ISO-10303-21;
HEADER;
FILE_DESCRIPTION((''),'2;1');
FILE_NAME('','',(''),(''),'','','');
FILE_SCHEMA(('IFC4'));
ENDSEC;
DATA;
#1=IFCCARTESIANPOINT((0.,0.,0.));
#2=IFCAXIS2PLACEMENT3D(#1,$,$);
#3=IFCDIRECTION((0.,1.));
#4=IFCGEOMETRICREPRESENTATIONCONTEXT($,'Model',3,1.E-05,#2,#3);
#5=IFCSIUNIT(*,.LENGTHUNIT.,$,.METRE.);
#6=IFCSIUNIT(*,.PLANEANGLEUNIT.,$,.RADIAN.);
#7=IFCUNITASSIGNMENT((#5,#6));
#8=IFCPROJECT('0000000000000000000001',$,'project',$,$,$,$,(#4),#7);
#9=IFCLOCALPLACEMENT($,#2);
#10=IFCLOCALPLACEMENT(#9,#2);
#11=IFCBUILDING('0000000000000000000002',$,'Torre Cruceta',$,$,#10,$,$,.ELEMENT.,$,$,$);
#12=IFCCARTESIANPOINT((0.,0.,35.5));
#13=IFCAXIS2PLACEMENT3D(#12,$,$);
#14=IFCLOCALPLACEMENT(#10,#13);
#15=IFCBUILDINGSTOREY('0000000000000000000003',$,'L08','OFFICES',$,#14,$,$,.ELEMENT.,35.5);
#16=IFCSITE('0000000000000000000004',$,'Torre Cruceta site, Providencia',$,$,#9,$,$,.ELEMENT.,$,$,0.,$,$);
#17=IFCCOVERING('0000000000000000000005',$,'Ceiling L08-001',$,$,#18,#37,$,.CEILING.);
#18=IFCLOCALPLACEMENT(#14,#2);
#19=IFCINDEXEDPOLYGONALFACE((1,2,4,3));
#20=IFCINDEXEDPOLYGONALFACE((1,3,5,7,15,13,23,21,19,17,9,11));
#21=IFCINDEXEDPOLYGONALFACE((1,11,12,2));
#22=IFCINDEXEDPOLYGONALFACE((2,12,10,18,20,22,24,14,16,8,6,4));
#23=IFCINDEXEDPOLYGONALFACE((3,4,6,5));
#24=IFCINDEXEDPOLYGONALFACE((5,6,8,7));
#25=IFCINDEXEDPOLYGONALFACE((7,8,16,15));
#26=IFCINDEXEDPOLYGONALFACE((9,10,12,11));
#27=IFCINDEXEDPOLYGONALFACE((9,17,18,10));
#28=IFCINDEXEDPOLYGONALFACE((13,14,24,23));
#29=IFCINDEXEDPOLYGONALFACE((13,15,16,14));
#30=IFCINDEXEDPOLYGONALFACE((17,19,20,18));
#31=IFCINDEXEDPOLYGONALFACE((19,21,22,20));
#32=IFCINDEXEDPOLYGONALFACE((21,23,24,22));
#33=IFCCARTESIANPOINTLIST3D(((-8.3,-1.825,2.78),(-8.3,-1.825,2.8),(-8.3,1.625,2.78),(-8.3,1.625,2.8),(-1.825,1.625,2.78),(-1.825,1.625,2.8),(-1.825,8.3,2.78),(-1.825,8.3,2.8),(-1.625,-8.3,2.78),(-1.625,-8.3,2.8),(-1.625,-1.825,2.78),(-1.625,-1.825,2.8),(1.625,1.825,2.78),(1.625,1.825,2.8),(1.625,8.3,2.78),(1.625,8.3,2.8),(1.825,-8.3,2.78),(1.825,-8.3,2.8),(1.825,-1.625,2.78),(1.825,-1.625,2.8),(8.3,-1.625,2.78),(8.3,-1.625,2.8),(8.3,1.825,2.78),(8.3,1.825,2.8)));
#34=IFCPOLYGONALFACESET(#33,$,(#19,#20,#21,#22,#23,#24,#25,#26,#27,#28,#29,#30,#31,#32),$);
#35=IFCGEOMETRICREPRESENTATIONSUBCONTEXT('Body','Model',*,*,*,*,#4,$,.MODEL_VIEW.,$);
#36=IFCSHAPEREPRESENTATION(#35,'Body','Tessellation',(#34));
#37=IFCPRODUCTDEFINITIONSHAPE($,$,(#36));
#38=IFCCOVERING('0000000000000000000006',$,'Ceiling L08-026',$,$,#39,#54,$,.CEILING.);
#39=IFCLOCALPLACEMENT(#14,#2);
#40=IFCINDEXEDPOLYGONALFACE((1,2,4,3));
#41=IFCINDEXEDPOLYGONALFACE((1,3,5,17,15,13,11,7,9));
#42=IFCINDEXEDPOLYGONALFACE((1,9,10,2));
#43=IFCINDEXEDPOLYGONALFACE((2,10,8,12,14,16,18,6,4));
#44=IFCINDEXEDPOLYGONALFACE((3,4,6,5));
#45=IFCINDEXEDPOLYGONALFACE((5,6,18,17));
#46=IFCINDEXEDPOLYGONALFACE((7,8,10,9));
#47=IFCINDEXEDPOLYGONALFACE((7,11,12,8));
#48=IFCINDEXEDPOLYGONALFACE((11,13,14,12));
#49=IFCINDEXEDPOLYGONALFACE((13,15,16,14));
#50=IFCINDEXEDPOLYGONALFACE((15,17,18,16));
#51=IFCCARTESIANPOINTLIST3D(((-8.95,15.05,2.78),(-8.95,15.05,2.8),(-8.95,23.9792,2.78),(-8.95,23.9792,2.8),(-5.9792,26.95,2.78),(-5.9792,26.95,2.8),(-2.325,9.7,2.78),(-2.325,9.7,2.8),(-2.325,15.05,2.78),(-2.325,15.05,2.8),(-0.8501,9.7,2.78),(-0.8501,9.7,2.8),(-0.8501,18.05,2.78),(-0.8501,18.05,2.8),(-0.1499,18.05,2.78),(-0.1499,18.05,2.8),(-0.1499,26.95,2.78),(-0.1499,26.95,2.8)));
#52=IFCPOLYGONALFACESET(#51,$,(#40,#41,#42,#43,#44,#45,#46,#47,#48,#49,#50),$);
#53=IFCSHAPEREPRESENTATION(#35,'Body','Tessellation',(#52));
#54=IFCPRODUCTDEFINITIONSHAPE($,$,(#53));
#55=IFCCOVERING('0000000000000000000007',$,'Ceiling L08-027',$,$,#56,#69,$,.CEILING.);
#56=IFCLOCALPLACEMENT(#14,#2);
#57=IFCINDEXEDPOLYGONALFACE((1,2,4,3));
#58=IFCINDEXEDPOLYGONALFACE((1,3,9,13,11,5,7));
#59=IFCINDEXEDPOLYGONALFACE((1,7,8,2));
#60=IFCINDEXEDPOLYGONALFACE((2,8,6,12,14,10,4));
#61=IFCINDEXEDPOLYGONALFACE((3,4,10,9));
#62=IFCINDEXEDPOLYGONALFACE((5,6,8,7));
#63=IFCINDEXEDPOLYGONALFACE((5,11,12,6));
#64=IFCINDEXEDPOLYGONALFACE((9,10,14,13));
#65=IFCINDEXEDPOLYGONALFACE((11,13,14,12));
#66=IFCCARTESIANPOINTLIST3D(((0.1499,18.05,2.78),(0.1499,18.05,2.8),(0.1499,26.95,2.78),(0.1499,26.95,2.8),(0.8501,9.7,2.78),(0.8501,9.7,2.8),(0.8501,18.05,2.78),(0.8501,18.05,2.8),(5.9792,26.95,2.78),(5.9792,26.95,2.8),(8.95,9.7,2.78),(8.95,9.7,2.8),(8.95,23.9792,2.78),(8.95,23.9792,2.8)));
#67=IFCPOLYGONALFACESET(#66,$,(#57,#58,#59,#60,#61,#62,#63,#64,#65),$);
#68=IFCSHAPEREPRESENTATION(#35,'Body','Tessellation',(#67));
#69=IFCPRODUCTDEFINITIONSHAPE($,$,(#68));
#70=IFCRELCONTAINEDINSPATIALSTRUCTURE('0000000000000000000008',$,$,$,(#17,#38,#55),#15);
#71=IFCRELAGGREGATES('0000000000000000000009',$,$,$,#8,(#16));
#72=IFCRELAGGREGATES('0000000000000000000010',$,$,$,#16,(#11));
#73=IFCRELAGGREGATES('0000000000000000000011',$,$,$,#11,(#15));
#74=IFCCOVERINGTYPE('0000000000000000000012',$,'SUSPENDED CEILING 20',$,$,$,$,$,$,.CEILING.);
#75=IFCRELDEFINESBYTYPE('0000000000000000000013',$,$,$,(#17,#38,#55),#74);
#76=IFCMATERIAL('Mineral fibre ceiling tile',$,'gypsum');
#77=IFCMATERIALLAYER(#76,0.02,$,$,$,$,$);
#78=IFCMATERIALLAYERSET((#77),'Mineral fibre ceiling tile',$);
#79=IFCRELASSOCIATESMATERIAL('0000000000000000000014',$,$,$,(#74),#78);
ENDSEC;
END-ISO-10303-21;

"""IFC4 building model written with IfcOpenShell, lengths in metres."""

from ifc_helpers import new_model, si_unit, direction, frame, origin, place, context, subcontext, project, spatial, polyline, outline, extrude, material, layer, layer_set, type_object, element, save


model = new_model("IFC4")

# Units and contexts
model_context = context("Model", 3, precision=1e-05, world=origin(), true_north=direction((0.0, 1.0)))
body_context = subcontext(model_context, "Body", "Model", "MODEL_VIEW")
ifc_project = project(units=[si_unit("LENGTHUNIT", "METRE"), si_unit("PLANEANGLEUNIT", "RADIAN")], contexts=[model_context])

# Site, building, storey
site_placement = place(None, origin())
site = spatial("IfcSite", under=ifc_project, at=site_placement, Name="Torre Cruceta site, Providencia", CompositionType="ELEMENT", RefElevation=0.0)
building_placement = place(site_placement, origin())
building = spatial("IfcBuilding", under=site, at=building_placement, Name="Torre Cruceta", CompositionType="ELEMENT")
storey_placement = place(building_placement, frame((0.0, 0.0, 35.5)))
storey = spatial("IfcBuildingStorey", under=building, at=storey_placement, Name="L08", Description="OFFICES", CompositionType="ELEMENT", Elevation=35.5)

# Coverings
ifc_material_1 = material(Name="Mineral fibre ceiling tile", Category="gypsum")
ifc_layer_1 = layer(ifc_material_1, 0.02)
ifc_layer_set_1 = layer_set([ifc_layer_1], Name="Mineral fibre ceiling tile")
covering_type_1 = type_object("IfcCoveringType", Name="SUSPENDED CEILING 20", PredefinedType="CEILING", material=ifc_layer_set_1)
covering_1_placement = place(storey_placement, frame((0.0, 0.0, 2.78)))
element("IfcCovering", 1, at=covering_1_placement, inside=storey, type_object=covering_type_1, Name="Ceiling L08-001", PredefinedType="CEILING", context=body_context, shape_type="SweptSolid", body=[
    extrude(outline(polyline([(-1.625, -8.3), (-1.625, -1.825), (-8.3, -1.825), (-8.3, 1.625), (-1.825, 1.625), (-1.825, 8.3), (1.625, 8.3), (1.625, 1.825), (8.3, 1.825), (8.3, -1.625), (1.825, -1.625), (1.825, -8.3), (-1.625, -8.3)])), origin(), (0.0, 0.0, 1.0), 0.02),
])
covering_2_placement = place(storey_placement, frame((0.0, 0.0, 2.78)))
element("IfcCovering", 2, at=covering_2_placement, inside=storey, type_object=covering_type_1, Name="Ceiling L08-026", PredefinedType="CEILING", context=body_context, shape_type="SweptSolid", body=[
    extrude(outline(polyline([(-5.9792, 26.95), (-0.1499, 26.95), (-0.1499, 18.05), (-0.8501, 18.05), (-0.8501, 9.7), (-2.325, 9.7), (-2.325, 15.05), (-8.95, 15.05), (-8.95, 23.9792), (-5.9792, 26.95)])), origin(), (0.0, 0.0, 1.0), 0.02),
])
covering_3_placement = place(storey_placement, frame((0.0, 0.0, 2.78)))
element("IfcCovering", 3, at=covering_3_placement, inside=storey, type_object=covering_type_1, Name="Ceiling L08-027", PredefinedType="CEILING", context=body_context, shape_type="SweptSolid", body=[
    extrude(outline(polyline([(5.9792, 26.95), (8.95, 23.9792), (8.95, 9.7), (0.8501, 9.7), (0.8501, 18.05), (0.1499, 18.05), (0.1499, 26.95), (5.9792, 26.95)])), origin(), (0.0, 0.0, 1.0), 0.02),
])

save(model, "model.ifc")
